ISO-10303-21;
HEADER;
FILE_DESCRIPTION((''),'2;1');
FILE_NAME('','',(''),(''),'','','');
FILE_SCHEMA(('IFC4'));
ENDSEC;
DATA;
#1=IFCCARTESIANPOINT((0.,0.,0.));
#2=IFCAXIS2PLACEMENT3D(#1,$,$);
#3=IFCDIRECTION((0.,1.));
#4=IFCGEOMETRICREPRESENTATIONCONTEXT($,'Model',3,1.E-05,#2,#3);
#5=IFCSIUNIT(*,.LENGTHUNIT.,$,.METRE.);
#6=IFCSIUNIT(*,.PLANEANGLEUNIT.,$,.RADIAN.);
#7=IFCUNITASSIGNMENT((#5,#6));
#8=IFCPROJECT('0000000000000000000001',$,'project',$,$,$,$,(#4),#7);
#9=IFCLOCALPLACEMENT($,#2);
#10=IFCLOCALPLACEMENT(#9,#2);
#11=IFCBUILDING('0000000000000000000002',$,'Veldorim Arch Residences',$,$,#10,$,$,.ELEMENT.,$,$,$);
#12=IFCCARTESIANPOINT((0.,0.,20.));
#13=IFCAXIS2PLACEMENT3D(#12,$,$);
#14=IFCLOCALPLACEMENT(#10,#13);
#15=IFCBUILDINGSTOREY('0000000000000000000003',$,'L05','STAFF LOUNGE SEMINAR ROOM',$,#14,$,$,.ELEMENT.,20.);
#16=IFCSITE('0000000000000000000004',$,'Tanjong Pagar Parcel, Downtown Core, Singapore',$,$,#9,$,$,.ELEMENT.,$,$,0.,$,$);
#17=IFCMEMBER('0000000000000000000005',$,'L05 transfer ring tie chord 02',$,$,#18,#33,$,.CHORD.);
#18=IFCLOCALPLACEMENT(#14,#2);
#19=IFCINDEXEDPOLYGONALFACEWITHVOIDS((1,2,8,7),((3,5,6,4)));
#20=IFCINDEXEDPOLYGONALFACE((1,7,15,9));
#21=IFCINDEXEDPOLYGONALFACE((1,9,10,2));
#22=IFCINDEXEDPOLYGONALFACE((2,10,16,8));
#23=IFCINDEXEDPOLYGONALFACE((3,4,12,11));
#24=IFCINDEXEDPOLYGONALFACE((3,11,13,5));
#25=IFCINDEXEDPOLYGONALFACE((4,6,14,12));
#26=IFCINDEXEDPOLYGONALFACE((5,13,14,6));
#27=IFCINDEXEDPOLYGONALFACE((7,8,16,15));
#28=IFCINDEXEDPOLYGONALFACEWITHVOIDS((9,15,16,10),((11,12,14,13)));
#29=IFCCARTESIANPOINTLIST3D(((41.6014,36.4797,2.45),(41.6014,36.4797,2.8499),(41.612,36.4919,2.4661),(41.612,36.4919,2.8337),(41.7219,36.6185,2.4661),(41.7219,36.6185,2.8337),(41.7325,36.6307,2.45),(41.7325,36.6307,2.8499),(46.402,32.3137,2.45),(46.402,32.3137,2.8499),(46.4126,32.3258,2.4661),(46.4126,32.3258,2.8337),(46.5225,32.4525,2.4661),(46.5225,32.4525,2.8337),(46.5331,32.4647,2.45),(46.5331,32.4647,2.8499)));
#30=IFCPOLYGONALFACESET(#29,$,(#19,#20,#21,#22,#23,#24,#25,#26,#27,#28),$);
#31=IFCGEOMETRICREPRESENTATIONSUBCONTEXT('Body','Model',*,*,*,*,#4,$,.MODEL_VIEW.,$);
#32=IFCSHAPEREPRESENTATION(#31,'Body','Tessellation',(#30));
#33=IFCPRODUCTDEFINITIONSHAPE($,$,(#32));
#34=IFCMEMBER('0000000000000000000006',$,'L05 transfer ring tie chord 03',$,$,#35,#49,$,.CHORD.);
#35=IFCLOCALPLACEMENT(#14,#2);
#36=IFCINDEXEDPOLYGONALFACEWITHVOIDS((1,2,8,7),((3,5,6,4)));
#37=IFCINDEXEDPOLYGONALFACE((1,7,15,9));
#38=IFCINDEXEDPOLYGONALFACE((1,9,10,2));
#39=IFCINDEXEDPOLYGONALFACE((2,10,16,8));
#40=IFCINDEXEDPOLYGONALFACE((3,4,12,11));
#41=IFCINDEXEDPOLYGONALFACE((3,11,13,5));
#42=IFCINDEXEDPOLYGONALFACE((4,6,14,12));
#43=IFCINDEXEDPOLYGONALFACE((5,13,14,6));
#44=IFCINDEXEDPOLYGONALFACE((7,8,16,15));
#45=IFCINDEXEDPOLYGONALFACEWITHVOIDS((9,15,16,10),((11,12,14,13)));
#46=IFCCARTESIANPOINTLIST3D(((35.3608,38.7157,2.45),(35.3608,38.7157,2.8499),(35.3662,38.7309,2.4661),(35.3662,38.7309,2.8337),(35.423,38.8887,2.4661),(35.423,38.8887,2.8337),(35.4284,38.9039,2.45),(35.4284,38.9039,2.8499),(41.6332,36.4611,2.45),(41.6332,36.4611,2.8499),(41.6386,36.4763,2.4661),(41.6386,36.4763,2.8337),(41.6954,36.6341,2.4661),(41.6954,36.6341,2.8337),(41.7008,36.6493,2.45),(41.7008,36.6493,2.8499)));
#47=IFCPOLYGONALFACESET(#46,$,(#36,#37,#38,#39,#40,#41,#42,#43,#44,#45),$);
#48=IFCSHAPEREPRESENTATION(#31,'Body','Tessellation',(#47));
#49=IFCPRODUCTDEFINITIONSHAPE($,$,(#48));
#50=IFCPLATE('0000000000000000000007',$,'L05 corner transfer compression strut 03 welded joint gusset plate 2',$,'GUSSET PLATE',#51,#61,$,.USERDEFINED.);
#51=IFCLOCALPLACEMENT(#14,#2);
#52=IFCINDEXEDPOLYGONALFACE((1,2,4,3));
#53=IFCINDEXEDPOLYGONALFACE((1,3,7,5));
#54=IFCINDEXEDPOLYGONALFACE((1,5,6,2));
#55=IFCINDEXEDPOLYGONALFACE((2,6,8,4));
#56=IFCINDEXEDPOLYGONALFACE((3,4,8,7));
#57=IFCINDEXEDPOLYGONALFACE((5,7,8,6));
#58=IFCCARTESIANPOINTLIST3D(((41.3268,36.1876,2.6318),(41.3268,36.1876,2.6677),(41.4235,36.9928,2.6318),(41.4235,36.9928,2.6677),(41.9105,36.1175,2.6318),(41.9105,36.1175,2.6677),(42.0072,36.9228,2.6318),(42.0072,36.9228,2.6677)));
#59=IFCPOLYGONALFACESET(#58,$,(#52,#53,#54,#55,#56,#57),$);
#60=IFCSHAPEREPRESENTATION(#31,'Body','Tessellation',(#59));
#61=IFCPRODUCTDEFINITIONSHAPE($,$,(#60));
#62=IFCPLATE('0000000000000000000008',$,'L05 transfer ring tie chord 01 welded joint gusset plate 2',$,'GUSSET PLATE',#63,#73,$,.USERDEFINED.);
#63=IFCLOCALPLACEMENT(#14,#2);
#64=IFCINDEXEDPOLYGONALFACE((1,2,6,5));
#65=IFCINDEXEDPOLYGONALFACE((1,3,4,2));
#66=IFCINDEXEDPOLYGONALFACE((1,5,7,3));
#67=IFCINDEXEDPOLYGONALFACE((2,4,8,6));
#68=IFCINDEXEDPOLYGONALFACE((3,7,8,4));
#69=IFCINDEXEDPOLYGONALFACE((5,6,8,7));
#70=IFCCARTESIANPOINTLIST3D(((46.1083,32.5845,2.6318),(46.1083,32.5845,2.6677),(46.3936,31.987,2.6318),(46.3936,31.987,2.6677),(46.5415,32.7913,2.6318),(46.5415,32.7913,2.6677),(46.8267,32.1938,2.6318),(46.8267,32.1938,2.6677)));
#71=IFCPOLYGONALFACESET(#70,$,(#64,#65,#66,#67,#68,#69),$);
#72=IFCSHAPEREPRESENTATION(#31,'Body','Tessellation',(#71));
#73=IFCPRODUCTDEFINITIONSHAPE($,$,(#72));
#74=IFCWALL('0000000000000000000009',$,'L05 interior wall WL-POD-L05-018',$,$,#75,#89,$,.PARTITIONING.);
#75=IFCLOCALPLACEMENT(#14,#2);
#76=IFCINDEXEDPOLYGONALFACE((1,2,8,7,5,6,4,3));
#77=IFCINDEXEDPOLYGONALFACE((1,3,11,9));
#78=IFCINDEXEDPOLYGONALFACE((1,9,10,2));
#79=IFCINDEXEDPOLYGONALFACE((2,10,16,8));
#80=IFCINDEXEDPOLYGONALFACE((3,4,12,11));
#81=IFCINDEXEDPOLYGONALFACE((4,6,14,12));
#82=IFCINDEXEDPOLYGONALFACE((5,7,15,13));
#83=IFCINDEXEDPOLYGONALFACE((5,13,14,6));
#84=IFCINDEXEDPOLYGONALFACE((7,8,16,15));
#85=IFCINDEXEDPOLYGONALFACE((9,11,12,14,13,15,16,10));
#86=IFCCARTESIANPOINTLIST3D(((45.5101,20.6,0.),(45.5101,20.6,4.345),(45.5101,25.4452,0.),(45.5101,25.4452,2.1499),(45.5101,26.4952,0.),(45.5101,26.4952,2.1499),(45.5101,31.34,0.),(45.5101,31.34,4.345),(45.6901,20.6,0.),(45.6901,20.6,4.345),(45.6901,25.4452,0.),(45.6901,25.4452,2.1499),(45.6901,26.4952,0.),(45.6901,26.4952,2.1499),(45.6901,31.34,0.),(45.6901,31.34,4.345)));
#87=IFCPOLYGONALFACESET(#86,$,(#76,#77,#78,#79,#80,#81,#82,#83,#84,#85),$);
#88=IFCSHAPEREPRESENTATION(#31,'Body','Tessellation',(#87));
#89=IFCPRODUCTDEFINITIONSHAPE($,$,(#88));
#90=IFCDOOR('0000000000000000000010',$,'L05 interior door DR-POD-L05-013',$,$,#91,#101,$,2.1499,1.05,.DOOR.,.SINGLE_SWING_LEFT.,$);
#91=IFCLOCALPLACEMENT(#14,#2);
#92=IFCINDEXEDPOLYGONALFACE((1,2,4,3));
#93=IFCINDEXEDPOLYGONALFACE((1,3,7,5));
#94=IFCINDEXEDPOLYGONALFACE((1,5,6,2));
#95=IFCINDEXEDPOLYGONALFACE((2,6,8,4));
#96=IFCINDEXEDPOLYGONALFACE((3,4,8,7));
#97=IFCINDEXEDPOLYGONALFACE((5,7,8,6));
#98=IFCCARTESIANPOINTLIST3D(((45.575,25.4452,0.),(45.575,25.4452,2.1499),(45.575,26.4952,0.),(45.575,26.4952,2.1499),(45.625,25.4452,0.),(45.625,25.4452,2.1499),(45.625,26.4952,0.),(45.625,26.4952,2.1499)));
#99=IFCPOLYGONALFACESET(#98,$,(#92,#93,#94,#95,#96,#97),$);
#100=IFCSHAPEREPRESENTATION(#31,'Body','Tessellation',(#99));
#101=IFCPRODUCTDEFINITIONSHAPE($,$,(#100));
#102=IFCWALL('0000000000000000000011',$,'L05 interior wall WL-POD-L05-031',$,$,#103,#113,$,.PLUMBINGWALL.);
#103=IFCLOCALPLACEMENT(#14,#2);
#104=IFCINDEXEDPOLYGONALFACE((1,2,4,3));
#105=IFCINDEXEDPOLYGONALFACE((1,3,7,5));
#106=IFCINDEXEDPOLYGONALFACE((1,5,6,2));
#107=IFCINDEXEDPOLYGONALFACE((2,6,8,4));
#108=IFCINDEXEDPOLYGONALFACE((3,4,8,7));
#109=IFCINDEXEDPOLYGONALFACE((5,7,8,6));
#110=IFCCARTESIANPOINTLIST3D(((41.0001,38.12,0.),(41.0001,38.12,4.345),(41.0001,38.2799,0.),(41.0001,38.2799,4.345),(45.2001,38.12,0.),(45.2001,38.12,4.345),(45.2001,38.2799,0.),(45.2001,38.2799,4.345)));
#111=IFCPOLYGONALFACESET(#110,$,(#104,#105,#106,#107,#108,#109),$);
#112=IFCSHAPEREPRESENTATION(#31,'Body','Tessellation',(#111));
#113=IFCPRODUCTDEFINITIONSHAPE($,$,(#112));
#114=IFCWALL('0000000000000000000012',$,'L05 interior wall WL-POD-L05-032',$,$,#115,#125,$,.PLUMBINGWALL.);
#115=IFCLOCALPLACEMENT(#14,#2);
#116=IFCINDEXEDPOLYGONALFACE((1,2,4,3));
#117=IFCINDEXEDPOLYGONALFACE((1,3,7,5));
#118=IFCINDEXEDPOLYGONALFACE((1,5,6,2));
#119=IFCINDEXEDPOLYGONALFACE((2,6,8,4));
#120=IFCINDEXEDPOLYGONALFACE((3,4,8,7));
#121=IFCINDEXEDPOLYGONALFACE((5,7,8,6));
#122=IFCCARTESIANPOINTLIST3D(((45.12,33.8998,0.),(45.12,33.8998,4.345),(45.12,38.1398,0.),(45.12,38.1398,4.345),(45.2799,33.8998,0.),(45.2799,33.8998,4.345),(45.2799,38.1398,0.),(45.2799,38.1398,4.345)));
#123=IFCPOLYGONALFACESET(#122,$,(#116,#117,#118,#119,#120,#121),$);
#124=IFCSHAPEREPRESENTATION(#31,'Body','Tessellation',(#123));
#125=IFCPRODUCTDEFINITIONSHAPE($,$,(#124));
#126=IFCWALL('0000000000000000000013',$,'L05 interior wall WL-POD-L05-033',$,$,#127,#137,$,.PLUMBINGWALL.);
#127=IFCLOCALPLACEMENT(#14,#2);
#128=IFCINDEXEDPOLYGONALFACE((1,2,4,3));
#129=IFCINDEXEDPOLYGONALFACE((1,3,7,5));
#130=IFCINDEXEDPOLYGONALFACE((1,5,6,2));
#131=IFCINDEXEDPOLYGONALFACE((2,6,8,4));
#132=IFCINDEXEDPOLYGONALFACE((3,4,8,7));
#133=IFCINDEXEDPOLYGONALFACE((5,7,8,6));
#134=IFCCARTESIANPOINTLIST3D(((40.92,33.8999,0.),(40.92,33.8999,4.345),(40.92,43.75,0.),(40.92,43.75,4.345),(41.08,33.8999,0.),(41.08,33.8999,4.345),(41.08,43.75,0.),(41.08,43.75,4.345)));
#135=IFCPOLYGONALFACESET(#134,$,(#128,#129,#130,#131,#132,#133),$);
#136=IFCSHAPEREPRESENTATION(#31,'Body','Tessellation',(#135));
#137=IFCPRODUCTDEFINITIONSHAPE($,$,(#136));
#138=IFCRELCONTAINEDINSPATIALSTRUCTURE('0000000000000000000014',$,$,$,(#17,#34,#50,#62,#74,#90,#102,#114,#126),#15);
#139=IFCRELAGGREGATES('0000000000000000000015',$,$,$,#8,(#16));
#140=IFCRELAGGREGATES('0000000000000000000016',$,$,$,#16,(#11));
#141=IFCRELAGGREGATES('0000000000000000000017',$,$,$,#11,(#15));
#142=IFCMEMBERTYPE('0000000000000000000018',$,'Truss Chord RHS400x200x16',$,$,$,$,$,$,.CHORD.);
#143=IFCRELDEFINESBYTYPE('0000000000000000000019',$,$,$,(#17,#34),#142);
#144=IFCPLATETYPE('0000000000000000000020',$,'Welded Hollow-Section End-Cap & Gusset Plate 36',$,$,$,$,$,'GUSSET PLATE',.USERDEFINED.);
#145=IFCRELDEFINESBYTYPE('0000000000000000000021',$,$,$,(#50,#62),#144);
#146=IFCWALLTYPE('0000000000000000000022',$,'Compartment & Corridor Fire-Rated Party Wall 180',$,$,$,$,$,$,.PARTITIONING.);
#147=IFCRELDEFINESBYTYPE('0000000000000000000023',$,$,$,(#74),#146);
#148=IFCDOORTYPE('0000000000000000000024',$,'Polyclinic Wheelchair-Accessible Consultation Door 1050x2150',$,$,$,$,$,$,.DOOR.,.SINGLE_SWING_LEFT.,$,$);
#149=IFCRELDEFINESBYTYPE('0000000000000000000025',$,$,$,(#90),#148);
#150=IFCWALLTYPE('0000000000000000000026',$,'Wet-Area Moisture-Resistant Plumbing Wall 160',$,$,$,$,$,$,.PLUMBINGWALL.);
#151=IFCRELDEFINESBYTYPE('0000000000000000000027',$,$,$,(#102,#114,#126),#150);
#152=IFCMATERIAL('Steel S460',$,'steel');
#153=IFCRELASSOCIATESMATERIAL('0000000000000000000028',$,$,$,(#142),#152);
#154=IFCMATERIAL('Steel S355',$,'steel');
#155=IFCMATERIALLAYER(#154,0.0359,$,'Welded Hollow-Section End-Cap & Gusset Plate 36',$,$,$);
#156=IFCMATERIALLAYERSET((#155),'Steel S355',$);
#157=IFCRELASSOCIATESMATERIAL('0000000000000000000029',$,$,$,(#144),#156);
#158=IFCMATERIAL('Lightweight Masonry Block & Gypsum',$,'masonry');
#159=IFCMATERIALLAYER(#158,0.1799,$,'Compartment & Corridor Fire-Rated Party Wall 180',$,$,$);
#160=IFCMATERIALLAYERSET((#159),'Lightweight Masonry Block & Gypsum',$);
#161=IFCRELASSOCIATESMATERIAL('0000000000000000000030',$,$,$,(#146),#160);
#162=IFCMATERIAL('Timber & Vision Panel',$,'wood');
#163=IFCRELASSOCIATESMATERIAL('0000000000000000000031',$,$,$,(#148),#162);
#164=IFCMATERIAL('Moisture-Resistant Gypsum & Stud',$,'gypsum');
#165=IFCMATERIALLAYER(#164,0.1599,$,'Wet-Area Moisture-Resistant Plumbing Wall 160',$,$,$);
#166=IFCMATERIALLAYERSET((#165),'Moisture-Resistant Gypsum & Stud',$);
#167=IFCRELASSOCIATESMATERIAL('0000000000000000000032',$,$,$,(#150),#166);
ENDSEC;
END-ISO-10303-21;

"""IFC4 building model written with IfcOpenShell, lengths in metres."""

from ifc_helpers import new_model, si_unit, direction, frame, frame_2d, origin, origin_2d, place, context, subcontext, project, spatial, rectangle, hollow_rectangle, extrude, material, layer, layer_set, material_profile, profile_set, type_object, element, fill, save


model = new_model("IFC4")

# Units and contexts
model_context = context("Model", 3, precision=1e-05, world=origin(), true_north=direction((0.0, 1.0)))
body_context = subcontext(model_context, "Body", "Model", "MODEL_VIEW")
ifc_project = project(units=[si_unit("LENGTHUNIT", "METRE"), si_unit("PLANEANGLEUNIT", "RADIAN")], contexts=[model_context])

# Site, building, storey
site_placement = place(None, origin())
site = spatial("IfcSite", under=ifc_project, at=site_placement, Name="Tanjong Pagar Parcel, Downtown Core, Singapore", CompositionType="ELEMENT", RefElevation=0.0)
building_placement = place(site_placement, origin())
building = spatial("IfcBuilding", under=site, at=building_placement, Name="Veldorim Arch Residences", CompositionType="ELEMENT")
storey_placement = place(building_placement, frame((0.0, 0.0, 20.0)))
storey = spatial("IfcBuildingStorey", under=building, at=storey_placement, Name="L05", Description="STAFF LOUNGE SEMINAR ROOM", CompositionType="ELEMENT", Elevation=20.0)

# Members
ifc_material_1 = material(Name="Steel S460", Category="steel")
ifc_material_profile_1 = material_profile(ifc_material_1, hollow_rectangle(XDim=0.2, YDim=0.3999, WallThickness=0.0161, at=origin_2d()), Name="RHS400x200x16")
ifc_profile_set_1 = profile_set([ifc_material_profile_1], Name="Steel S460")
member_type = type_object("IfcMemberType", Name="Truss Chord RHS400x200x16", PredefinedType="CHORD", material=ifc_profile_set_1)
member_1_placement = place(storey_placement, frame((46.4675, 32.3892, 2.6499), z_axis=(-0.755257, 0.655429, 0.0), x_axis=(-0.655429, -0.755257, 0.0)))
element("IfcMember", 1, at=member_1_placement, inside=storey, type_object=member_type, Name="L05 transfer ring tie chord 02", PredefinedType="CHORD", context=body_context, shape_type="SweptSolid", body=[
    extrude(hollow_rectangle(XDim=0.2, YDim=0.3999, WallThickness=0.0161, at=origin_2d()), origin(), (0.0, 0.0, 1.0), 6.3562),
])
member_2_placement = place(storey_placement, frame((41.667, 36.5552, 2.6499), z_axis=(-0.941052, 0.338262, 0.0), x_axis=(-0.338262, -0.941052, 0.0)))
element("IfcMember", 2, at=member_2_placement, inside=storey, type_object=member_type, Name="L05 transfer ring tie chord 03", PredefinedType="CHORD", context=body_context, shape_type="SweptSolid", body=[
    extrude(hollow_rectangle(XDim=0.2, YDim=0.3999, WallThickness=0.0161, at=origin_2d()), origin(), (0.0, 0.0, 1.0), 6.6653),
])

# Plates
ifc_material_2 = material(Name="Steel S355", Category="steel")
ifc_layer_1 = layer(ifc_material_2, 0.0359, Name="Welded Hollow-Section End-Cap & Gusset Plate 36")
ifc_layer_set_1 = layer_set([ifc_layer_1], Name="Steel S355")
plate_type = type_object("IfcPlateType", Name="Welded Hollow-Section End-Cap & Gusset Plate 36", ElementType="GUSSET PLATE", PredefinedType="USERDEFINED", material=ifc_layer_set_1)
plate_1_placement = place(storey_placement, frame((41.667, 36.5552, 2.6318), z_axis=(0.0, 0.0, 1.0), x_axis=(0.119201, 0.99287, 0.0)))
element("IfcPlate", 3, at=plate_1_placement, inside=storey, type_object=plate_type, Name="L05 corner transfer compression strut 03 welded joint gusset plate 2", ObjectType="GUSSET PLATE", PredefinedType="USERDEFINED", context=body_context, shape_type="SweptSolid", body=[
    extrude(rectangle(XDim=0.811, YDim=0.5879, at=origin_2d()), origin(), (0.0, 0.0, 1.0), 0.0359),
])
plate_2_placement = place(storey_placement, frame((46.4675, 32.3892, 2.6318), z_axis=(0.0, 0.0, 1.0), x_axis=(-0.430763, 0.902465, 0.0)))
element("IfcPlate", 4, at=plate_2_placement, inside=storey, type_object=plate_type, Name="L05 transfer ring tie chord 01 welded joint gusset plate 2", ObjectType="GUSSET PLATE", PredefinedType="USERDEFINED", context=body_context, shape_type="SweptSolid", body=[
    extrude(rectangle(XDim=0.6621, YDim=0.48, at=origin_2d()), origin(), (0.0, 0.0, 1.0), 0.0359),
])

# Wall, opening, door
ifc_material_3 = material(Name="Lightweight Masonry Block & Gypsum", Category="masonry")
ifc_layer_2 = layer(ifc_material_3, 0.1799, Name="Compartment & Corridor Fire-Rated Party Wall 180")
ifc_layer_set_2 = layer_set([ifc_layer_2], Name="Lightweight Masonry Block & Gypsum")
wall_type_1 = type_object("IfcWallType", Name="Compartment & Corridor Fire-Rated Party Wall 180", PredefinedType="PARTITIONING", material=ifc_layer_set_2)
wall_1_placement = place(storey_placement, frame((45.6001, 31.3401, 0.0), z_axis=(0.0, 0.0, 1.0), x_axis=(0.0, -1.0, 0.0)))
wall_1 = element("IfcWall", 5, at=wall_1_placement, inside=storey, type_object=wall_type_1, Name="L05 interior wall WL-POD-L05-018", PredefinedType="PARTITIONING", context=body_context, shape_type="SweptSolid", body=[
    extrude(rectangle(XDim=10.74, YDim=0.1799, at=frame_2d((5.3701, 0.0))), origin(), (0.0, 0.0, 1.0), 4.345),
])
opening_placement = place(wall_1_placement, frame((4.845, 0.0, 0.0)))
opening = element("IfcOpeningElement", 6, at=opening_placement, cuts=wall_1, PredefinedType="OPENING", context=body_context, shape_type="SweptSolid", body=[
    extrude(rectangle(XDim=1.05, YDim=2.1499, at=frame_2d((0.5249, 1.075))), frame((0.0, 0.0999, 0.0), z_axis=(0.0, -1.0, 0.0), x_axis=(1.0, 0.0, 0.0)), (0.0, 0.0, 1.0), 0.2),
])
ifc_material_4 = material(Name="Timber & Vision Panel", Category="wood")
door_type = type_object("IfcDoorType", Name="Polyclinic Wheelchair-Accessible Consultation Door 1050x2150", OperationType="SINGLE_SWING_LEFT", PredefinedType="DOOR", material=ifc_material_4)
door_placement = place(opening_placement, origin())
door = element("IfcDoor", 7, at=door_placement, inside=storey, type_object=door_type, Name="L05 interior door DR-POD-L05-013", OperationType="SINGLE_SWING_LEFT", OverallHeight=2.1499, OverallWidth=1.05, PredefinedType="DOOR", context=body_context, shape_type="SweptSolid", body=[
    extrude(rectangle(XDim=1.05, YDim=2.1499, at=frame_2d((0.5249, 1.075))), frame((0.0, 0.0249, 0.0), z_axis=(0.0, -1.0, 0.0), x_axis=(1.0, 0.0, 0.0)), (0.0, 0.0, 1.0), 0.05),
])
fill(opening, door)

# Walls
ifc_material_5 = material(Name="Moisture-Resistant Gypsum & Stud", Category="gypsum")
ifc_layer_3 = layer(ifc_material_5, 0.1599, Name="Wet-Area Moisture-Resistant Plumbing Wall 160")
ifc_layer_set_3 = layer_set([ifc_layer_3], Name="Moisture-Resistant Gypsum & Stud")
wall_type_2 = type_object("IfcWallType", Name="Wet-Area Moisture-Resistant Plumbing Wall 160", PredefinedType="PLUMBINGWALL", material=ifc_layer_set_3)
wall_2_placement = place(storey_placement, frame((41.0, 38.2, 0.0), z_axis=(0.0, 0.0, 1.0), x_axis=(1.0, 0.0, 0.0)))
element("IfcWall", 8, at=wall_2_placement, inside=storey, type_object=wall_type_2, Name="L05 interior wall WL-POD-L05-031", PredefinedType="PLUMBINGWALL", context=body_context, shape_type="SweptSolid", body=[
    extrude(rectangle(XDim=4.2, YDim=0.1599, at=frame_2d((2.1001, 0.0))), origin(), (0.0, 0.0, 1.0), 4.345),
])
wall_3_placement = place(storey_placement, frame((45.2, 38.1399, 0.0), z_axis=(0.0, 0.0, 1.0), x_axis=(0.0, -1.0, 0.0)))
element("IfcWall", 9, at=wall_3_placement, inside=storey, type_object=wall_type_2, Name="L05 interior wall WL-POD-L05-032", PredefinedType="PLUMBINGWALL", context=body_context, shape_type="SweptSolid", body=[
    extrude(rectangle(XDim=4.24, YDim=0.1599, at=frame_2d((2.1201, 0.0))), origin(), (0.0, 0.0, 1.0), 4.345),
])
wall_4_placement = place(storey_placement, frame((41.0, 33.8999, 0.0), z_axis=(0.0, 0.0, 1.0), x_axis=(0.0, 1.0, 0.0)))
element("IfcWall", 10, at=wall_4_placement, inside=storey, type_object=wall_type_2, Name="L05 interior wall WL-POD-L05-033", PredefinedType="PLUMBINGWALL", context=body_context, shape_type="SweptSolid", body=[
    extrude(rectangle(XDim=9.8501, YDim=0.1599, at=frame_2d((4.925, 0.0))), origin(), (0.0, 0.0, 1.0), 4.345),
])

save(model, "model.ifc")
